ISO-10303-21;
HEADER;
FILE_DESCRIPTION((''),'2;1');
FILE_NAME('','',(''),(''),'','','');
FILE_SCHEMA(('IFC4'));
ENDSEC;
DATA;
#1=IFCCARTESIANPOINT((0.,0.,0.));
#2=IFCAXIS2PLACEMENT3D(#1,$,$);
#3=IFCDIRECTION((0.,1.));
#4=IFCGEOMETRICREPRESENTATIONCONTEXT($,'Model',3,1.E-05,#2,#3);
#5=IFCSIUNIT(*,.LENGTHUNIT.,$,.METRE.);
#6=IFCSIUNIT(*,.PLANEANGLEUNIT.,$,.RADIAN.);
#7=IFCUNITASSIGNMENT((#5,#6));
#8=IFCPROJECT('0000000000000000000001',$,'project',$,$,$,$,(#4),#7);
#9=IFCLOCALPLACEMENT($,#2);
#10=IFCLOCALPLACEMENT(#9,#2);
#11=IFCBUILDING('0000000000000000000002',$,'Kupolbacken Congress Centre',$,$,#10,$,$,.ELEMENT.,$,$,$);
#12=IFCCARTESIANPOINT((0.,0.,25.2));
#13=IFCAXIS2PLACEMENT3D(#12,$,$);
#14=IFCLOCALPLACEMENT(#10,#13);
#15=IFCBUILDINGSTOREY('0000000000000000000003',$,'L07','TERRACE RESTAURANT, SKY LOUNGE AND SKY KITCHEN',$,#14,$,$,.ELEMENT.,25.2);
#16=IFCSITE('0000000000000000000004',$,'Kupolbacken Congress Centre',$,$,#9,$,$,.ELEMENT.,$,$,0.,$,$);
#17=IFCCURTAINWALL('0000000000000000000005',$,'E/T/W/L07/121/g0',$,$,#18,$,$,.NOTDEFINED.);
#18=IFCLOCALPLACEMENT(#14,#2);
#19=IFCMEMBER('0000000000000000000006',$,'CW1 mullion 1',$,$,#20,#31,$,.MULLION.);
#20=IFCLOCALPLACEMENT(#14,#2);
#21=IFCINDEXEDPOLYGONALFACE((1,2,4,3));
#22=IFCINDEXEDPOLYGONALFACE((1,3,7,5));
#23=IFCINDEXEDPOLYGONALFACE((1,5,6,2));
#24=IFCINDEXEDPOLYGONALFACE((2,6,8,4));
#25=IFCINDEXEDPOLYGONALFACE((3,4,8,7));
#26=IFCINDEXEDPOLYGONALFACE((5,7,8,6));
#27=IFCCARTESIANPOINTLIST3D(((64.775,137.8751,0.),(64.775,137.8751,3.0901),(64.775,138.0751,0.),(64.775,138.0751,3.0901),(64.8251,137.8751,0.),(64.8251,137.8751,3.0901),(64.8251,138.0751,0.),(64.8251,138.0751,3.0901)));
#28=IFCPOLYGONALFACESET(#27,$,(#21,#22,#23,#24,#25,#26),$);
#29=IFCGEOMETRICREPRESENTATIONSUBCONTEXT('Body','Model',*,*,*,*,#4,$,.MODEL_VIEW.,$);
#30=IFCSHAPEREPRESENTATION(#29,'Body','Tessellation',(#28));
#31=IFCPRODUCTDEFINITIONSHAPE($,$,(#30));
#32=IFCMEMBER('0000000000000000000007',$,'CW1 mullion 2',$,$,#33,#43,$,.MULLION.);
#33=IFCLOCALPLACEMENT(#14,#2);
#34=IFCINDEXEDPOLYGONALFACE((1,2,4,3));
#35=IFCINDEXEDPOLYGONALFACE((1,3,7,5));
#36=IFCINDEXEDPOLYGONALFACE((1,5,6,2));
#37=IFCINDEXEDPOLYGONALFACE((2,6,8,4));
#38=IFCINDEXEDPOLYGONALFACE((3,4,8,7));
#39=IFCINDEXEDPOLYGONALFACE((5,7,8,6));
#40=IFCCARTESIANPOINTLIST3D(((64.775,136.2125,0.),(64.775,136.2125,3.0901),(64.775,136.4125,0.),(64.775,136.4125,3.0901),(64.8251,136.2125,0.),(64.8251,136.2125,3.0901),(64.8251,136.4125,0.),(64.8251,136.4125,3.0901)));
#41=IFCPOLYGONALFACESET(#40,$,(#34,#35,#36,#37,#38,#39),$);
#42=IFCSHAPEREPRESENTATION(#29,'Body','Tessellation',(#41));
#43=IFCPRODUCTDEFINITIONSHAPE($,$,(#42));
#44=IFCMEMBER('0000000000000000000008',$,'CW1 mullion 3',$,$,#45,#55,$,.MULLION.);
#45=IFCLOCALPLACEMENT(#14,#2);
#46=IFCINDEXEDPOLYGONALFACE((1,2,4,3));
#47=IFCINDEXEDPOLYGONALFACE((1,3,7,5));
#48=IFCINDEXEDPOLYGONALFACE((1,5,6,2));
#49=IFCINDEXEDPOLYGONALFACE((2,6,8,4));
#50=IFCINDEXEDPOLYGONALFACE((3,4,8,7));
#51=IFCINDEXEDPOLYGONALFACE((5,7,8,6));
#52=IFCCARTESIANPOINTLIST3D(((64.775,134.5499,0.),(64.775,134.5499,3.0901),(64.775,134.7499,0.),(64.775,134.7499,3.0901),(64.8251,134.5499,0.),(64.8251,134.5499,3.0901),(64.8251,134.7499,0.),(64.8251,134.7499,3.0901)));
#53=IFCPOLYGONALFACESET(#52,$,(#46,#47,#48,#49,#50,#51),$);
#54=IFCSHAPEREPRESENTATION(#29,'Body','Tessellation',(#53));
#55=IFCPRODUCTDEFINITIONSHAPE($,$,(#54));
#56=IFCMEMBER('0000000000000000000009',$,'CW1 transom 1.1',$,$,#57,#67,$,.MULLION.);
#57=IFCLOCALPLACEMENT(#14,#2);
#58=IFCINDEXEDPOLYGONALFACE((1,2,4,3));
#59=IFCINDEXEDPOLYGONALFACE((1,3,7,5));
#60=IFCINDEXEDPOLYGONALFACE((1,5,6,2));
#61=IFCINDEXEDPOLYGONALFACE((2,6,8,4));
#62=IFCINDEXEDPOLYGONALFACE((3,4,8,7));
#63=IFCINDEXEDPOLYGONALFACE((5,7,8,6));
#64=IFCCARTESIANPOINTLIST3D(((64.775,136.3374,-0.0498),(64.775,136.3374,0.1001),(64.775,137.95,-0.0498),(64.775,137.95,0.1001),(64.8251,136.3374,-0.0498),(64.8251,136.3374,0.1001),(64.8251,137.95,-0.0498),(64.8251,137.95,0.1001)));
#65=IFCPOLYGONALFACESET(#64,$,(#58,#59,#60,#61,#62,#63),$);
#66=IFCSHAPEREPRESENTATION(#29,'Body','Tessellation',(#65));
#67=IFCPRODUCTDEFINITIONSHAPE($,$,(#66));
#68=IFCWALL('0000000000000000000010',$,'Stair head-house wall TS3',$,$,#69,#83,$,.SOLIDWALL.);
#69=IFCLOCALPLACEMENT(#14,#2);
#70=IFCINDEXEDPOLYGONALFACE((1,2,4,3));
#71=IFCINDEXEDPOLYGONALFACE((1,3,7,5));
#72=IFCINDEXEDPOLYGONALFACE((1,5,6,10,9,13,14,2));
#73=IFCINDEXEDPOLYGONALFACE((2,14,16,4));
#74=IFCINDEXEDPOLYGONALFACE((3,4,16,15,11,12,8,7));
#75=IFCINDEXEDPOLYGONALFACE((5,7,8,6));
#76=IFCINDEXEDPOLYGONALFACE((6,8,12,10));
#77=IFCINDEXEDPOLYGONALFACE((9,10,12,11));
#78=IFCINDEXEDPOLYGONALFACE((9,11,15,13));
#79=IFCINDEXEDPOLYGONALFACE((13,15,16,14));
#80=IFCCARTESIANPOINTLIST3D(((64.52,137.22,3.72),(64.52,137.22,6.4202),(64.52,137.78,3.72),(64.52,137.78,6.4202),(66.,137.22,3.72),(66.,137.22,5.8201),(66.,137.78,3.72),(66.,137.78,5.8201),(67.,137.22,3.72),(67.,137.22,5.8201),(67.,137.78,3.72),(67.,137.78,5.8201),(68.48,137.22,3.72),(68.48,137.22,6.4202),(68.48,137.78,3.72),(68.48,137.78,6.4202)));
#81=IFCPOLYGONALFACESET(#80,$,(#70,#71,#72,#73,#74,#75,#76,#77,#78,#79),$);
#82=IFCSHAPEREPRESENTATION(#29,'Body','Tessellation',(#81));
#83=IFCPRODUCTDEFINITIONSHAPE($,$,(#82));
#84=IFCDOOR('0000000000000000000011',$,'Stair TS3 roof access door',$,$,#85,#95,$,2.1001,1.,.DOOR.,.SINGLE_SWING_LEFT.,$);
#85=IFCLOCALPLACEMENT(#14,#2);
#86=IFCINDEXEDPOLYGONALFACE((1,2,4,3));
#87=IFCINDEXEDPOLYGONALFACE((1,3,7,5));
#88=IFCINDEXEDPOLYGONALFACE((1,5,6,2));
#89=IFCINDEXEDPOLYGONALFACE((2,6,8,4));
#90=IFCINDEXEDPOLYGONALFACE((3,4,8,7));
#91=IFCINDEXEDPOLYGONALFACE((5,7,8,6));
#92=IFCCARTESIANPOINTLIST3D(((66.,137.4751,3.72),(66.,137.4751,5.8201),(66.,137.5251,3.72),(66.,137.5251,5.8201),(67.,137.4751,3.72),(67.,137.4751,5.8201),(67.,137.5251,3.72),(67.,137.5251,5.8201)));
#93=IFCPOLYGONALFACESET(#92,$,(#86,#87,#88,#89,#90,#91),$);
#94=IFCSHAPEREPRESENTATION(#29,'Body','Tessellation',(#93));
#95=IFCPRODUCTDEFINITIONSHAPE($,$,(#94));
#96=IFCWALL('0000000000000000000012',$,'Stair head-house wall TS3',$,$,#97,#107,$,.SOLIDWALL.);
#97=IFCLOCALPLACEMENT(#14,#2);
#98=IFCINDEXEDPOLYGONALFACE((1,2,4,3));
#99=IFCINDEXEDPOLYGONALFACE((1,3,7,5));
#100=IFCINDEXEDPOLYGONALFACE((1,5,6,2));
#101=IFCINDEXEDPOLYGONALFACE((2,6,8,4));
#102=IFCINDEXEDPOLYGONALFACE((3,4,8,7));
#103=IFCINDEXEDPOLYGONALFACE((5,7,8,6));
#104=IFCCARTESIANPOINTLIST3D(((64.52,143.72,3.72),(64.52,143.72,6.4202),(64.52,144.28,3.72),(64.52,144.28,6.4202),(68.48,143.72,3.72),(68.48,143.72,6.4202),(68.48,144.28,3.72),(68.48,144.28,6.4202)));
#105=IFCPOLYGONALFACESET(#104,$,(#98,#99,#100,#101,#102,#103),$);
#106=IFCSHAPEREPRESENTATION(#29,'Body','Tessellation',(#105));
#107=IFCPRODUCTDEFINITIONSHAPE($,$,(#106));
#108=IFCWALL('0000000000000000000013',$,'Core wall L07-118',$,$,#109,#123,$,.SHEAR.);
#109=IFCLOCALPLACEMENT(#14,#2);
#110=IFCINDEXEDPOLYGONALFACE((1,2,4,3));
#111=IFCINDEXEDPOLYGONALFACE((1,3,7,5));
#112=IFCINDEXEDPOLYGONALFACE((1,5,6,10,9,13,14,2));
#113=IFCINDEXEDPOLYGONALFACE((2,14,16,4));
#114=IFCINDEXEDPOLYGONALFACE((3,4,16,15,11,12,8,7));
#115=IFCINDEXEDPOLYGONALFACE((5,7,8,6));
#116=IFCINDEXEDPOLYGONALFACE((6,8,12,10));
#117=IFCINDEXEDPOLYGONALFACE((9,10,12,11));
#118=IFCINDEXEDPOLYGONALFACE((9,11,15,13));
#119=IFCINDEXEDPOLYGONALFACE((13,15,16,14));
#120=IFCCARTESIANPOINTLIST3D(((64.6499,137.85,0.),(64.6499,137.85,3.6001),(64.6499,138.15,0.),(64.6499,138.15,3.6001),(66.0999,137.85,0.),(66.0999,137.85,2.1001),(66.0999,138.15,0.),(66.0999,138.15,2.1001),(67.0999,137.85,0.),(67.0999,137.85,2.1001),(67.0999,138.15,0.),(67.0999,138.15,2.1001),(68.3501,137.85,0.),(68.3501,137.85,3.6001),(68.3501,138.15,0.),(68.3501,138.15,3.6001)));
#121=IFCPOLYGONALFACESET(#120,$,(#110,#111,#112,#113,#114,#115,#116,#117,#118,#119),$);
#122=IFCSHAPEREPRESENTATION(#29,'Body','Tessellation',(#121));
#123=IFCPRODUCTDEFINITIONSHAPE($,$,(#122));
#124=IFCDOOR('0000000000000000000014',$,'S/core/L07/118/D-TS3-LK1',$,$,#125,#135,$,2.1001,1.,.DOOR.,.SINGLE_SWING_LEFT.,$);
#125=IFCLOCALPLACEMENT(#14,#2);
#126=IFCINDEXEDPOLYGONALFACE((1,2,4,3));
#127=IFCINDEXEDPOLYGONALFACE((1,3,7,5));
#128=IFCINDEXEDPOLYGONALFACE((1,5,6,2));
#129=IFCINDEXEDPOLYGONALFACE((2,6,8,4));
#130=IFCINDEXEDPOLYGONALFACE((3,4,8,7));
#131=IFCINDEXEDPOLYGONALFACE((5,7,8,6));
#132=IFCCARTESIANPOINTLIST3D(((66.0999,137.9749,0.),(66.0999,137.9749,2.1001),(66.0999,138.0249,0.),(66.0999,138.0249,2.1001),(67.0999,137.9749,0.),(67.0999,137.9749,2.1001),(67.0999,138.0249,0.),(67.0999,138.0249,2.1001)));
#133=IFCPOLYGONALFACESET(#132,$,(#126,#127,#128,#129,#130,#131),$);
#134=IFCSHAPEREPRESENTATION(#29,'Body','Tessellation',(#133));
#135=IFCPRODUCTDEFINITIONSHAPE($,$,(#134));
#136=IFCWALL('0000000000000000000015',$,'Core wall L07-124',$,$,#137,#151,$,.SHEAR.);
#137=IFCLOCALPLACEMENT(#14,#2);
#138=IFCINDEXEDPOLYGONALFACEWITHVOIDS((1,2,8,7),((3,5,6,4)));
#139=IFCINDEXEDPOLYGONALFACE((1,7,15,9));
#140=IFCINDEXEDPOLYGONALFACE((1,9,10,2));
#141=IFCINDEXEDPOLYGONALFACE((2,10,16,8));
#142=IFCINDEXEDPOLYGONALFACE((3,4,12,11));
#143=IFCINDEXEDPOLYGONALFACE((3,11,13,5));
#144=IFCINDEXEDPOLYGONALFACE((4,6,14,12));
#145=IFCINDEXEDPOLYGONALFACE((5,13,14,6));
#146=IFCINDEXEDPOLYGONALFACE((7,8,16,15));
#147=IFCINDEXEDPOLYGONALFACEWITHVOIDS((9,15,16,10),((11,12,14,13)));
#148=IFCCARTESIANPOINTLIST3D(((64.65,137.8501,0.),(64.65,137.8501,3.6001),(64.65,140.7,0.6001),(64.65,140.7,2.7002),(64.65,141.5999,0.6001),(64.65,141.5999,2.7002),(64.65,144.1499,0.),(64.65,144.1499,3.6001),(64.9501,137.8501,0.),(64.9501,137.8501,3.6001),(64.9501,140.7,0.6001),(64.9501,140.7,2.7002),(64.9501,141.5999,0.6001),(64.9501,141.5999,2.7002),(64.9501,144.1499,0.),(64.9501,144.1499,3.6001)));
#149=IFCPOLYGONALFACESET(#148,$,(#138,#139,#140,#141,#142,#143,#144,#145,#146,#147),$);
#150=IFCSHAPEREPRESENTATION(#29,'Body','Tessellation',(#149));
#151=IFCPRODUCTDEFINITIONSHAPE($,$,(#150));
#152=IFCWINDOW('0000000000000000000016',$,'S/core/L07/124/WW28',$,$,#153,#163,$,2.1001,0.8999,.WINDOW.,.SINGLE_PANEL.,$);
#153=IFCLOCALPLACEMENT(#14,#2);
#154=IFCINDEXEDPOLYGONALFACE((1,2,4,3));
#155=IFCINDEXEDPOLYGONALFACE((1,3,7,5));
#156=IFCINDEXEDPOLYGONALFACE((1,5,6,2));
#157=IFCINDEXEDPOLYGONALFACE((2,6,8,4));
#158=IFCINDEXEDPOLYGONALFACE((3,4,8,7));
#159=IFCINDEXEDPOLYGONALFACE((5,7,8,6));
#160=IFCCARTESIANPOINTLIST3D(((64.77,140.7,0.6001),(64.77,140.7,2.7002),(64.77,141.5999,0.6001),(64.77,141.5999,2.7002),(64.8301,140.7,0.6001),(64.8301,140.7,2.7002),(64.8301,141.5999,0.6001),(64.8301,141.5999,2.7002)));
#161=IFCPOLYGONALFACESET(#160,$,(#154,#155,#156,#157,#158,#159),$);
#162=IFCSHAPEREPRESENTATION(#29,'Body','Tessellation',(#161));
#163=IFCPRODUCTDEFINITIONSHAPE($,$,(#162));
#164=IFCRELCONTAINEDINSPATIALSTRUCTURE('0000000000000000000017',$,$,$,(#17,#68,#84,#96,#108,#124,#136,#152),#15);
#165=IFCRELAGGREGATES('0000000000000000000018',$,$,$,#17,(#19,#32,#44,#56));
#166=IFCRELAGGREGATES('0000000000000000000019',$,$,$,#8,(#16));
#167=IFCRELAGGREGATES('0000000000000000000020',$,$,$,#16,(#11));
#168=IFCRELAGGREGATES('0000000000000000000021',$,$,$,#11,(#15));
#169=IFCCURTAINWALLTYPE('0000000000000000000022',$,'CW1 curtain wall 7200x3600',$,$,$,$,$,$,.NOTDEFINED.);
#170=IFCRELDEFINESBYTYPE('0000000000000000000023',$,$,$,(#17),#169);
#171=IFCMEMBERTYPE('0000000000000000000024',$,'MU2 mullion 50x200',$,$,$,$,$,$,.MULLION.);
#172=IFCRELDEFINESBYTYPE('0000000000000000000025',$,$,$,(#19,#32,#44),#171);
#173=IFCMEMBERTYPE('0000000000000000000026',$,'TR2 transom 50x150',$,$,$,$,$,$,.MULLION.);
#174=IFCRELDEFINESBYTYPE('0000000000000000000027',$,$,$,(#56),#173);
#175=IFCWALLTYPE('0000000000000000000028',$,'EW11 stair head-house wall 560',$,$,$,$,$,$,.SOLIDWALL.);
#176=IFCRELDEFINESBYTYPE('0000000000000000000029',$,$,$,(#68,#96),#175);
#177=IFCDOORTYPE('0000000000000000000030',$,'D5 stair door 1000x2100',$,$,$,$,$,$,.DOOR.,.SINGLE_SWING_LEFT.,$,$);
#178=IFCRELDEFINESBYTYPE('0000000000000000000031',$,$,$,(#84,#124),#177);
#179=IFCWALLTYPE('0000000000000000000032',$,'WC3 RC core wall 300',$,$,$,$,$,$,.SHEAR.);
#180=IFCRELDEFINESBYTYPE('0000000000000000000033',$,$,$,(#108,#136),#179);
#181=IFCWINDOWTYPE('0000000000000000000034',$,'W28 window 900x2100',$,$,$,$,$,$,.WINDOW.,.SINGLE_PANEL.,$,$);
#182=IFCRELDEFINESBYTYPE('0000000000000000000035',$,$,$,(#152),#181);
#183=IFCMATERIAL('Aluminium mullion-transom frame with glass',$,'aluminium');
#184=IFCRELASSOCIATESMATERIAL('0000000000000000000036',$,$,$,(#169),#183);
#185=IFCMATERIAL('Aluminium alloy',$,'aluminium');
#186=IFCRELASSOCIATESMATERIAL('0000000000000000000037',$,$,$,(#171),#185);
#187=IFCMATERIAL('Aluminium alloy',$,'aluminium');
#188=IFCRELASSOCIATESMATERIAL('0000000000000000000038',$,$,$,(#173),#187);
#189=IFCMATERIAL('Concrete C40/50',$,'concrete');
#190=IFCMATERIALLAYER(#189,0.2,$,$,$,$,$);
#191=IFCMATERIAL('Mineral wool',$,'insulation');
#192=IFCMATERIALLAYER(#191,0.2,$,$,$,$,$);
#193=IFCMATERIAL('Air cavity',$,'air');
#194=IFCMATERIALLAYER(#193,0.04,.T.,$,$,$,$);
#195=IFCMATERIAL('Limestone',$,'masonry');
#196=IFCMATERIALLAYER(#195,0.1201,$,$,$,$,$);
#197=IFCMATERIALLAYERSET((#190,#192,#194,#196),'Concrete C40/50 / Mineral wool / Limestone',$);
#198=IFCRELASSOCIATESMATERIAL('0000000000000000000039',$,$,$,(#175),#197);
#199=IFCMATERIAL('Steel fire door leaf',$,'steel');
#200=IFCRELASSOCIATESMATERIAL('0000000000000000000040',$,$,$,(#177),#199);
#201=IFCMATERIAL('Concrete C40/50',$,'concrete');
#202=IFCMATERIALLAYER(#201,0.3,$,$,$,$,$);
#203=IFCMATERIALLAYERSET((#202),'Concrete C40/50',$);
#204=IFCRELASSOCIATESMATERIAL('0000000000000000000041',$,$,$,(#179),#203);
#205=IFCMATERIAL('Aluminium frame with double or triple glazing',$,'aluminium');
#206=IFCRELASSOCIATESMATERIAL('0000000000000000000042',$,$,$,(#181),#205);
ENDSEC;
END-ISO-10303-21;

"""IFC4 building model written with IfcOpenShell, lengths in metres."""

from ifc_helpers import new_model, si_unit, direction, frame, frame_2d, origin, origin_2d, place, context, subcontext, project, spatial, rectangle, extrude, material, layer, layer_set, material_profile, profile_set, type_object, element, fill, aggregate, save


model = new_model("IFC4")

# Units and contexts
model_context = context("Model", 3, precision=1e-05, world=origin(), true_north=direction((0.0, 1.0)))
body_context = subcontext(model_context, "Body", "Model", "MODEL_VIEW")
ifc_project = project(units=[si_unit("LENGTHUNIT", "METRE"), si_unit("PLANEANGLEUNIT", "RADIAN")], contexts=[model_context])

# Site, building, storey
site_placement = place(None, origin())
site = spatial("IfcSite", under=ifc_project, at=site_placement, Name="Kupolbacken Congress Centre", CompositionType="ELEMENT", RefElevation=0.0)
building_placement = place(site_placement, origin())
building = spatial("IfcBuilding", under=site, at=building_placement, Name="Kupolbacken Congress Centre", CompositionType="ELEMENT")
storey_placement = place(building_placement, frame((0.0, 0.0, 25.2)))
storey = spatial("IfcBuildingStorey", under=building, at=storey_placement, Name="L07", Description="TERRACE RESTAURANT, SKY LOUNGE AND SKY KITCHEN", CompositionType="ELEMENT", Elevation=25.2)

# Curtain wall, members
ifc_material_1 = material(Name="Aluminium mullion-transom frame with glass", Category="aluminium")
curtain_wall_type = type_object("IfcCurtainWallType", Name="CW1 curtain wall 7200x3600", PredefinedType="NOTDEFINED", material=ifc_material_1)
curtain_wall_placement = place(storey_placement, origin())
curtain_wall = element("IfcCurtainWall", 1, at=curtain_wall_placement, inside=storey, type_object=curtain_wall_type, Name="E/T/W/L07/121/g0", PredefinedType="NOTDEFINED")
ifc_material_2 = material(Name="Aluminium alloy", Category="aluminium")
ifc_material_profile_1 = material_profile(ifc_material_2, rectangle(XDim=0.05, YDim=0.2, at=origin_2d()), Name="50 x 200")
ifc_profile_set_1 = profile_set([ifc_material_profile_1], Name="Aluminium alloy")
member_type_1 = type_object("IfcMemberType", Name="MU2 mullion 50x200", PredefinedType="MULLION", material=ifc_profile_set_1)
member_1_placement = place(storey_placement, frame((64.8, 137.9751, 0.0), z_axis=(0.0, 0.0, 1.0), x_axis=(1.0, 0.0, 0.0)))
member_1 = element("IfcMember", 2, at=member_1_placement, type_object=member_type_1, Name="CW1 mullion 1", PredefinedType="MULLION", context=body_context, shape_type="SweptSolid", body=[
    extrude(rectangle(XDim=0.05, YDim=0.2, at=origin_2d()), origin(), (0.0, 0.0, 1.0), 3.0901),
])
member_2_placement = place(storey_placement, frame((64.8, 136.3125, 0.0), z_axis=(0.0, 0.0, 1.0), x_axis=(1.0, 0.0, 0.0)))
member_2 = element("IfcMember", 3, at=member_2_placement, type_object=member_type_1, Name="CW1 mullion 2", PredefinedType="MULLION", context=body_context, shape_type="SweptSolid", body=[
    extrude(rectangle(XDim=0.05, YDim=0.2, at=origin_2d()), origin(), (0.0, 0.0, 1.0), 3.0901),
])
member_3_placement = place(storey_placement, frame((64.8, 134.6499, 0.0), z_axis=(0.0, 0.0, 1.0), x_axis=(1.0, 0.0, 0.0)))
member_3 = element("IfcMember", 4, at=member_3_placement, type_object=member_type_1, Name="CW1 mullion 3", PredefinedType="MULLION", context=body_context, shape_type="SweptSolid", body=[
    extrude(rectangle(XDim=0.05, YDim=0.2, at=origin_2d()), origin(), (0.0, 0.0, 1.0), 3.0901),
])
ifc_material_3 = material(Name="Aluminium alloy", Category="aluminium")
ifc_material_profile_2 = material_profile(ifc_material_3, rectangle(XDim=0.05, YDim=0.1499, at=origin_2d()), Name="50 x 150")
ifc_profile_set_2 = profile_set([ifc_material_profile_2], Name="Aluminium alloy")
member_type_2 = type_object("IfcMemberType", Name="TR2 transom 50x150", PredefinedType="MULLION", material=ifc_profile_set_2)
member_4_placement = place(storey_placement, frame((64.8, 137.95, 0.0251), z_axis=(0.0, -1.0, 0.0), x_axis=(1.0, 0.0, 0.0)))
member_4 = element("IfcMember", 5, at=member_4_placement, type_object=member_type_2, Name="CW1 transom 1.1", PredefinedType="MULLION", context=body_context, shape_type="SweptSolid", body=[
    extrude(rectangle(XDim=0.05, YDim=0.1499, at=origin_2d()), origin(), (0.0, 0.0, 1.0), 1.6125),
])
aggregate(curtain_wall, [member_1, member_2, member_3, member_4])

# Wall, opening, door
ifc_material_4 = material(Name="Concrete C40/50", Category="concrete")
ifc_layer_1 = layer(ifc_material_4, 0.2)
ifc_material_5 = material(Name="Mineral wool", Category="insulation")
ifc_layer_2 = layer(ifc_material_5, 0.2)
ifc_material_6 = material(Name="Air cavity", Category="air")
ifc_layer_3 = layer(ifc_material_6, 0.04, ventilated=True)
ifc_material_7 = material(Name="Limestone", Category="masonry")
ifc_layer_4 = layer(ifc_material_7, 0.1201)
ifc_layer_set_1 = layer_set([ifc_layer_1, ifc_layer_2, ifc_layer_3, ifc_layer_4], Name="Concrete C40/50 / Mineral wool / Limestone")
wall_type_1 = type_object("IfcWallType", Name="EW11 stair head-house wall 560", PredefinedType="SOLIDWALL", material=ifc_layer_set_1)
wall_1_placement = place(storey_placement, frame((64.52, 137.5, 3.72), z_axis=(0.0, 0.0, 1.0), x_axis=(1.0, 0.0, 0.0)))
wall_1 = element("IfcWall", 6, at=wall_1_placement, inside=storey, type_object=wall_type_1, Name="Stair head-house wall TS3", PredefinedType="SOLIDWALL", context=body_context, shape_type="SweptSolid", body=[
    extrude(rectangle(XDim=3.96, YDim=0.5601, at=frame_2d((1.98, 0.0))), origin(), (0.0, 0.0, 1.0), 2.7002),
])
opening_1_placement = place(wall_1_placement, frame((1.48, 0.0, 0.0)))
opening_1 = element("IfcOpeningElement", 7, at=opening_1_placement, cuts=wall_1, PredefinedType="OPENING", context=body_context, shape_type="SweptSolid", body=[
    extrude(rectangle(XDim=1.0, YDim=2.1001, at=frame_2d((0.5, 1.05))), frame((0.0, 0.29, 0.0), z_axis=(0.0, -1.0, 0.0), x_axis=(1.0, 0.0, 0.0)), (0.0, 0.0, 1.0), 0.5801),
])
ifc_material_8 = material(Name="Steel fire door leaf", Category="steel")
door_type = type_object("IfcDoorType", Name="D5 stair door 1000x2100", OperationType="SINGLE_SWING_LEFT", PredefinedType="DOOR", material=ifc_material_8)
door_1_placement = place(opening_1_placement, frame((1.0, 0.0, 0.0), z_axis=(0.0, 0.0, 1.0), x_axis=(-1.0, 0.0, 0.0)))
door_1 = element("IfcDoor", 8, at=door_1_placement, inside=storey, type_object=door_type, Name="Stair TS3 roof access door", OperationType="SINGLE_SWING_LEFT", OverallHeight=2.1001, OverallWidth=1.0, PredefinedType="DOOR", context=body_context, shape_type="SweptSolid", body=[
    extrude(rectangle(XDim=1.0, YDim=2.1001, at=frame_2d((0.5, 1.05))), frame((0.0, 0.0249, 0.0), z_axis=(0.0, -1.0, 0.0), x_axis=(1.0, 0.0, 0.0)), (0.0, 0.0, 1.0), 0.05),
])
fill(opening_1, door_1)

# Wall
wall_2_placement = place(storey_placement, frame((64.52, 144.0, 3.72), z_axis=(0.0, 0.0, 1.0), x_axis=(1.0, 0.0, 0.0)))
element("IfcWall", 9, at=wall_2_placement, inside=storey, type_object=wall_type_1, Name="Stair head-house wall TS3", PredefinedType="SOLIDWALL", context=body_context, shape_type="SweptSolid", body=[
    extrude(rectangle(XDim=3.96, YDim=0.5601, at=frame_2d((1.98, 0.0))), origin(), (0.0, 0.0, 1.0), 2.7002),
])

# Wall, opening, door
ifc_material_9 = material(Name="Concrete C40/50", Category="concrete")
ifc_layer_5 = layer(ifc_material_9, 0.3)
ifc_layer_set_2 = layer_set([ifc_layer_5], Name="Concrete C40/50")
wall_type_2 = type_object("IfcWallType", Name="WC3 RC core wall 300", PredefinedType="SHEAR", material=ifc_layer_set_2)
wall_3_placement = place(storey_placement, frame((64.6499, 138.0, 0.0), z_axis=(0.0, 0.0, 1.0), x_axis=(1.0, 0.0, 0.0)))
wall_3 = element("IfcWall", 10, at=wall_3_placement, inside=storey, type_object=wall_type_2, Name="Core wall L07-118", PredefinedType="SHEAR", context=body_context, shape_type="SweptSolid", body=[
    extrude(rectangle(XDim=3.7002, YDim=0.3, at=frame_2d((1.8501, 0.0))), origin(), (0.0, 0.0, 1.0), 3.6001),
])
opening_2_placement = place(wall_3_placement, frame((1.45, 0.0, 0.0)))
opening_2 = element("IfcOpeningElement", 11, at=opening_2_placement, cuts=wall_3, PredefinedType="OPENING", context=body_context, shape_type="SweptSolid", body=[
    extrude(rectangle(XDim=1.0, YDim=2.1001, at=frame_2d((0.5, 1.05))), frame((0.0, 0.1599, 0.0), z_axis=(0.0, -1.0, 0.0), x_axis=(1.0, 0.0, 0.0)), (0.0, 0.0, 1.0), 0.3201),
])
door_2_placement = place(opening_2_placement, origin())
door_2 = element("IfcDoor", 12, at=door_2_placement, inside=storey, type_object=door_type, Name="S/core/L07/118/D-TS3-LK1", OperationType="SINGLE_SWING_LEFT", OverallHeight=2.1001, OverallWidth=1.0, PredefinedType="DOOR", context=body_context, shape_type="SweptSolid", body=[
    extrude(rectangle(XDim=1.0, YDim=2.1001, at=frame_2d((0.5, 1.05))), frame((0.0, 0.0249, 0.0), z_axis=(0.0, -1.0, 0.0), x_axis=(1.0, 0.0, 0.0)), (0.0, 0.0, 1.0), 0.05),
])
fill(opening_2, door_2)

# Wall, opening, window
wall_4_placement = place(storey_placement, frame((64.8, 144.1499, 0.0), z_axis=(0.0, 0.0, 1.0), x_axis=(0.0, -1.0, 0.0)))
wall_4 = element("IfcWall", 13, at=wall_4_placement, inside=storey, type_object=wall_type_2, Name="Core wall L07-124", PredefinedType="SHEAR", context=body_context, shape_type="SweptSolid", body=[
    extrude(rectangle(XDim=6.2998, YDim=0.3, at=frame_2d((3.1499, 0.0))), origin(), (0.0, 0.0, 1.0), 3.6001),
])
opening_3_placement = place(wall_4_placement, frame((2.55, 0.0, 0.6001)))
opening_3 = element("IfcOpeningElement", 14, at=opening_3_placement, cuts=wall_4, PredefinedType="OPENING", context=body_context, shape_type="SweptSolid", body=[
    extrude(rectangle(XDim=0.8999, YDim=2.1001, at=frame_2d((0.45, 1.05))), frame((0.0, 0.1599, 0.0), z_axis=(0.0, -1.0, 0.0), x_axis=(1.0, 0.0, 0.0)), (0.0, 0.0, 1.0), 0.3201),
])
ifc_material_10 = material(Name="Aluminium frame with double or triple glazing", Category="aluminium")
window_type = type_object("IfcWindowType", Name="W28 window 900x2100", PartitioningType="SINGLE_PANEL", PredefinedType="WINDOW", material=ifc_material_10)
window_placement = place(opening_3_placement, origin())
window = element("IfcWindow", 15, at=window_placement, inside=storey, type_object=window_type, Name="S/core/L07/124/WW28", OverallHeight=2.1001, OverallWidth=0.8999, PartitioningType="SINGLE_PANEL", PredefinedType="WINDOW", context=body_context, shape_type="SweptSolid", body=[
    extrude(rectangle(XDim=0.8999, YDim=2.1001, at=frame_2d((0.45, 1.05))), frame((0.0, 0.03, 0.0), z_axis=(0.0, -1.0, 0.0), x_axis=(1.0, 0.0, 0.0)), (0.0, 0.0, 1.0), 0.0601),
])
fill(opening_3, window)

save(model, "model.ifc")
